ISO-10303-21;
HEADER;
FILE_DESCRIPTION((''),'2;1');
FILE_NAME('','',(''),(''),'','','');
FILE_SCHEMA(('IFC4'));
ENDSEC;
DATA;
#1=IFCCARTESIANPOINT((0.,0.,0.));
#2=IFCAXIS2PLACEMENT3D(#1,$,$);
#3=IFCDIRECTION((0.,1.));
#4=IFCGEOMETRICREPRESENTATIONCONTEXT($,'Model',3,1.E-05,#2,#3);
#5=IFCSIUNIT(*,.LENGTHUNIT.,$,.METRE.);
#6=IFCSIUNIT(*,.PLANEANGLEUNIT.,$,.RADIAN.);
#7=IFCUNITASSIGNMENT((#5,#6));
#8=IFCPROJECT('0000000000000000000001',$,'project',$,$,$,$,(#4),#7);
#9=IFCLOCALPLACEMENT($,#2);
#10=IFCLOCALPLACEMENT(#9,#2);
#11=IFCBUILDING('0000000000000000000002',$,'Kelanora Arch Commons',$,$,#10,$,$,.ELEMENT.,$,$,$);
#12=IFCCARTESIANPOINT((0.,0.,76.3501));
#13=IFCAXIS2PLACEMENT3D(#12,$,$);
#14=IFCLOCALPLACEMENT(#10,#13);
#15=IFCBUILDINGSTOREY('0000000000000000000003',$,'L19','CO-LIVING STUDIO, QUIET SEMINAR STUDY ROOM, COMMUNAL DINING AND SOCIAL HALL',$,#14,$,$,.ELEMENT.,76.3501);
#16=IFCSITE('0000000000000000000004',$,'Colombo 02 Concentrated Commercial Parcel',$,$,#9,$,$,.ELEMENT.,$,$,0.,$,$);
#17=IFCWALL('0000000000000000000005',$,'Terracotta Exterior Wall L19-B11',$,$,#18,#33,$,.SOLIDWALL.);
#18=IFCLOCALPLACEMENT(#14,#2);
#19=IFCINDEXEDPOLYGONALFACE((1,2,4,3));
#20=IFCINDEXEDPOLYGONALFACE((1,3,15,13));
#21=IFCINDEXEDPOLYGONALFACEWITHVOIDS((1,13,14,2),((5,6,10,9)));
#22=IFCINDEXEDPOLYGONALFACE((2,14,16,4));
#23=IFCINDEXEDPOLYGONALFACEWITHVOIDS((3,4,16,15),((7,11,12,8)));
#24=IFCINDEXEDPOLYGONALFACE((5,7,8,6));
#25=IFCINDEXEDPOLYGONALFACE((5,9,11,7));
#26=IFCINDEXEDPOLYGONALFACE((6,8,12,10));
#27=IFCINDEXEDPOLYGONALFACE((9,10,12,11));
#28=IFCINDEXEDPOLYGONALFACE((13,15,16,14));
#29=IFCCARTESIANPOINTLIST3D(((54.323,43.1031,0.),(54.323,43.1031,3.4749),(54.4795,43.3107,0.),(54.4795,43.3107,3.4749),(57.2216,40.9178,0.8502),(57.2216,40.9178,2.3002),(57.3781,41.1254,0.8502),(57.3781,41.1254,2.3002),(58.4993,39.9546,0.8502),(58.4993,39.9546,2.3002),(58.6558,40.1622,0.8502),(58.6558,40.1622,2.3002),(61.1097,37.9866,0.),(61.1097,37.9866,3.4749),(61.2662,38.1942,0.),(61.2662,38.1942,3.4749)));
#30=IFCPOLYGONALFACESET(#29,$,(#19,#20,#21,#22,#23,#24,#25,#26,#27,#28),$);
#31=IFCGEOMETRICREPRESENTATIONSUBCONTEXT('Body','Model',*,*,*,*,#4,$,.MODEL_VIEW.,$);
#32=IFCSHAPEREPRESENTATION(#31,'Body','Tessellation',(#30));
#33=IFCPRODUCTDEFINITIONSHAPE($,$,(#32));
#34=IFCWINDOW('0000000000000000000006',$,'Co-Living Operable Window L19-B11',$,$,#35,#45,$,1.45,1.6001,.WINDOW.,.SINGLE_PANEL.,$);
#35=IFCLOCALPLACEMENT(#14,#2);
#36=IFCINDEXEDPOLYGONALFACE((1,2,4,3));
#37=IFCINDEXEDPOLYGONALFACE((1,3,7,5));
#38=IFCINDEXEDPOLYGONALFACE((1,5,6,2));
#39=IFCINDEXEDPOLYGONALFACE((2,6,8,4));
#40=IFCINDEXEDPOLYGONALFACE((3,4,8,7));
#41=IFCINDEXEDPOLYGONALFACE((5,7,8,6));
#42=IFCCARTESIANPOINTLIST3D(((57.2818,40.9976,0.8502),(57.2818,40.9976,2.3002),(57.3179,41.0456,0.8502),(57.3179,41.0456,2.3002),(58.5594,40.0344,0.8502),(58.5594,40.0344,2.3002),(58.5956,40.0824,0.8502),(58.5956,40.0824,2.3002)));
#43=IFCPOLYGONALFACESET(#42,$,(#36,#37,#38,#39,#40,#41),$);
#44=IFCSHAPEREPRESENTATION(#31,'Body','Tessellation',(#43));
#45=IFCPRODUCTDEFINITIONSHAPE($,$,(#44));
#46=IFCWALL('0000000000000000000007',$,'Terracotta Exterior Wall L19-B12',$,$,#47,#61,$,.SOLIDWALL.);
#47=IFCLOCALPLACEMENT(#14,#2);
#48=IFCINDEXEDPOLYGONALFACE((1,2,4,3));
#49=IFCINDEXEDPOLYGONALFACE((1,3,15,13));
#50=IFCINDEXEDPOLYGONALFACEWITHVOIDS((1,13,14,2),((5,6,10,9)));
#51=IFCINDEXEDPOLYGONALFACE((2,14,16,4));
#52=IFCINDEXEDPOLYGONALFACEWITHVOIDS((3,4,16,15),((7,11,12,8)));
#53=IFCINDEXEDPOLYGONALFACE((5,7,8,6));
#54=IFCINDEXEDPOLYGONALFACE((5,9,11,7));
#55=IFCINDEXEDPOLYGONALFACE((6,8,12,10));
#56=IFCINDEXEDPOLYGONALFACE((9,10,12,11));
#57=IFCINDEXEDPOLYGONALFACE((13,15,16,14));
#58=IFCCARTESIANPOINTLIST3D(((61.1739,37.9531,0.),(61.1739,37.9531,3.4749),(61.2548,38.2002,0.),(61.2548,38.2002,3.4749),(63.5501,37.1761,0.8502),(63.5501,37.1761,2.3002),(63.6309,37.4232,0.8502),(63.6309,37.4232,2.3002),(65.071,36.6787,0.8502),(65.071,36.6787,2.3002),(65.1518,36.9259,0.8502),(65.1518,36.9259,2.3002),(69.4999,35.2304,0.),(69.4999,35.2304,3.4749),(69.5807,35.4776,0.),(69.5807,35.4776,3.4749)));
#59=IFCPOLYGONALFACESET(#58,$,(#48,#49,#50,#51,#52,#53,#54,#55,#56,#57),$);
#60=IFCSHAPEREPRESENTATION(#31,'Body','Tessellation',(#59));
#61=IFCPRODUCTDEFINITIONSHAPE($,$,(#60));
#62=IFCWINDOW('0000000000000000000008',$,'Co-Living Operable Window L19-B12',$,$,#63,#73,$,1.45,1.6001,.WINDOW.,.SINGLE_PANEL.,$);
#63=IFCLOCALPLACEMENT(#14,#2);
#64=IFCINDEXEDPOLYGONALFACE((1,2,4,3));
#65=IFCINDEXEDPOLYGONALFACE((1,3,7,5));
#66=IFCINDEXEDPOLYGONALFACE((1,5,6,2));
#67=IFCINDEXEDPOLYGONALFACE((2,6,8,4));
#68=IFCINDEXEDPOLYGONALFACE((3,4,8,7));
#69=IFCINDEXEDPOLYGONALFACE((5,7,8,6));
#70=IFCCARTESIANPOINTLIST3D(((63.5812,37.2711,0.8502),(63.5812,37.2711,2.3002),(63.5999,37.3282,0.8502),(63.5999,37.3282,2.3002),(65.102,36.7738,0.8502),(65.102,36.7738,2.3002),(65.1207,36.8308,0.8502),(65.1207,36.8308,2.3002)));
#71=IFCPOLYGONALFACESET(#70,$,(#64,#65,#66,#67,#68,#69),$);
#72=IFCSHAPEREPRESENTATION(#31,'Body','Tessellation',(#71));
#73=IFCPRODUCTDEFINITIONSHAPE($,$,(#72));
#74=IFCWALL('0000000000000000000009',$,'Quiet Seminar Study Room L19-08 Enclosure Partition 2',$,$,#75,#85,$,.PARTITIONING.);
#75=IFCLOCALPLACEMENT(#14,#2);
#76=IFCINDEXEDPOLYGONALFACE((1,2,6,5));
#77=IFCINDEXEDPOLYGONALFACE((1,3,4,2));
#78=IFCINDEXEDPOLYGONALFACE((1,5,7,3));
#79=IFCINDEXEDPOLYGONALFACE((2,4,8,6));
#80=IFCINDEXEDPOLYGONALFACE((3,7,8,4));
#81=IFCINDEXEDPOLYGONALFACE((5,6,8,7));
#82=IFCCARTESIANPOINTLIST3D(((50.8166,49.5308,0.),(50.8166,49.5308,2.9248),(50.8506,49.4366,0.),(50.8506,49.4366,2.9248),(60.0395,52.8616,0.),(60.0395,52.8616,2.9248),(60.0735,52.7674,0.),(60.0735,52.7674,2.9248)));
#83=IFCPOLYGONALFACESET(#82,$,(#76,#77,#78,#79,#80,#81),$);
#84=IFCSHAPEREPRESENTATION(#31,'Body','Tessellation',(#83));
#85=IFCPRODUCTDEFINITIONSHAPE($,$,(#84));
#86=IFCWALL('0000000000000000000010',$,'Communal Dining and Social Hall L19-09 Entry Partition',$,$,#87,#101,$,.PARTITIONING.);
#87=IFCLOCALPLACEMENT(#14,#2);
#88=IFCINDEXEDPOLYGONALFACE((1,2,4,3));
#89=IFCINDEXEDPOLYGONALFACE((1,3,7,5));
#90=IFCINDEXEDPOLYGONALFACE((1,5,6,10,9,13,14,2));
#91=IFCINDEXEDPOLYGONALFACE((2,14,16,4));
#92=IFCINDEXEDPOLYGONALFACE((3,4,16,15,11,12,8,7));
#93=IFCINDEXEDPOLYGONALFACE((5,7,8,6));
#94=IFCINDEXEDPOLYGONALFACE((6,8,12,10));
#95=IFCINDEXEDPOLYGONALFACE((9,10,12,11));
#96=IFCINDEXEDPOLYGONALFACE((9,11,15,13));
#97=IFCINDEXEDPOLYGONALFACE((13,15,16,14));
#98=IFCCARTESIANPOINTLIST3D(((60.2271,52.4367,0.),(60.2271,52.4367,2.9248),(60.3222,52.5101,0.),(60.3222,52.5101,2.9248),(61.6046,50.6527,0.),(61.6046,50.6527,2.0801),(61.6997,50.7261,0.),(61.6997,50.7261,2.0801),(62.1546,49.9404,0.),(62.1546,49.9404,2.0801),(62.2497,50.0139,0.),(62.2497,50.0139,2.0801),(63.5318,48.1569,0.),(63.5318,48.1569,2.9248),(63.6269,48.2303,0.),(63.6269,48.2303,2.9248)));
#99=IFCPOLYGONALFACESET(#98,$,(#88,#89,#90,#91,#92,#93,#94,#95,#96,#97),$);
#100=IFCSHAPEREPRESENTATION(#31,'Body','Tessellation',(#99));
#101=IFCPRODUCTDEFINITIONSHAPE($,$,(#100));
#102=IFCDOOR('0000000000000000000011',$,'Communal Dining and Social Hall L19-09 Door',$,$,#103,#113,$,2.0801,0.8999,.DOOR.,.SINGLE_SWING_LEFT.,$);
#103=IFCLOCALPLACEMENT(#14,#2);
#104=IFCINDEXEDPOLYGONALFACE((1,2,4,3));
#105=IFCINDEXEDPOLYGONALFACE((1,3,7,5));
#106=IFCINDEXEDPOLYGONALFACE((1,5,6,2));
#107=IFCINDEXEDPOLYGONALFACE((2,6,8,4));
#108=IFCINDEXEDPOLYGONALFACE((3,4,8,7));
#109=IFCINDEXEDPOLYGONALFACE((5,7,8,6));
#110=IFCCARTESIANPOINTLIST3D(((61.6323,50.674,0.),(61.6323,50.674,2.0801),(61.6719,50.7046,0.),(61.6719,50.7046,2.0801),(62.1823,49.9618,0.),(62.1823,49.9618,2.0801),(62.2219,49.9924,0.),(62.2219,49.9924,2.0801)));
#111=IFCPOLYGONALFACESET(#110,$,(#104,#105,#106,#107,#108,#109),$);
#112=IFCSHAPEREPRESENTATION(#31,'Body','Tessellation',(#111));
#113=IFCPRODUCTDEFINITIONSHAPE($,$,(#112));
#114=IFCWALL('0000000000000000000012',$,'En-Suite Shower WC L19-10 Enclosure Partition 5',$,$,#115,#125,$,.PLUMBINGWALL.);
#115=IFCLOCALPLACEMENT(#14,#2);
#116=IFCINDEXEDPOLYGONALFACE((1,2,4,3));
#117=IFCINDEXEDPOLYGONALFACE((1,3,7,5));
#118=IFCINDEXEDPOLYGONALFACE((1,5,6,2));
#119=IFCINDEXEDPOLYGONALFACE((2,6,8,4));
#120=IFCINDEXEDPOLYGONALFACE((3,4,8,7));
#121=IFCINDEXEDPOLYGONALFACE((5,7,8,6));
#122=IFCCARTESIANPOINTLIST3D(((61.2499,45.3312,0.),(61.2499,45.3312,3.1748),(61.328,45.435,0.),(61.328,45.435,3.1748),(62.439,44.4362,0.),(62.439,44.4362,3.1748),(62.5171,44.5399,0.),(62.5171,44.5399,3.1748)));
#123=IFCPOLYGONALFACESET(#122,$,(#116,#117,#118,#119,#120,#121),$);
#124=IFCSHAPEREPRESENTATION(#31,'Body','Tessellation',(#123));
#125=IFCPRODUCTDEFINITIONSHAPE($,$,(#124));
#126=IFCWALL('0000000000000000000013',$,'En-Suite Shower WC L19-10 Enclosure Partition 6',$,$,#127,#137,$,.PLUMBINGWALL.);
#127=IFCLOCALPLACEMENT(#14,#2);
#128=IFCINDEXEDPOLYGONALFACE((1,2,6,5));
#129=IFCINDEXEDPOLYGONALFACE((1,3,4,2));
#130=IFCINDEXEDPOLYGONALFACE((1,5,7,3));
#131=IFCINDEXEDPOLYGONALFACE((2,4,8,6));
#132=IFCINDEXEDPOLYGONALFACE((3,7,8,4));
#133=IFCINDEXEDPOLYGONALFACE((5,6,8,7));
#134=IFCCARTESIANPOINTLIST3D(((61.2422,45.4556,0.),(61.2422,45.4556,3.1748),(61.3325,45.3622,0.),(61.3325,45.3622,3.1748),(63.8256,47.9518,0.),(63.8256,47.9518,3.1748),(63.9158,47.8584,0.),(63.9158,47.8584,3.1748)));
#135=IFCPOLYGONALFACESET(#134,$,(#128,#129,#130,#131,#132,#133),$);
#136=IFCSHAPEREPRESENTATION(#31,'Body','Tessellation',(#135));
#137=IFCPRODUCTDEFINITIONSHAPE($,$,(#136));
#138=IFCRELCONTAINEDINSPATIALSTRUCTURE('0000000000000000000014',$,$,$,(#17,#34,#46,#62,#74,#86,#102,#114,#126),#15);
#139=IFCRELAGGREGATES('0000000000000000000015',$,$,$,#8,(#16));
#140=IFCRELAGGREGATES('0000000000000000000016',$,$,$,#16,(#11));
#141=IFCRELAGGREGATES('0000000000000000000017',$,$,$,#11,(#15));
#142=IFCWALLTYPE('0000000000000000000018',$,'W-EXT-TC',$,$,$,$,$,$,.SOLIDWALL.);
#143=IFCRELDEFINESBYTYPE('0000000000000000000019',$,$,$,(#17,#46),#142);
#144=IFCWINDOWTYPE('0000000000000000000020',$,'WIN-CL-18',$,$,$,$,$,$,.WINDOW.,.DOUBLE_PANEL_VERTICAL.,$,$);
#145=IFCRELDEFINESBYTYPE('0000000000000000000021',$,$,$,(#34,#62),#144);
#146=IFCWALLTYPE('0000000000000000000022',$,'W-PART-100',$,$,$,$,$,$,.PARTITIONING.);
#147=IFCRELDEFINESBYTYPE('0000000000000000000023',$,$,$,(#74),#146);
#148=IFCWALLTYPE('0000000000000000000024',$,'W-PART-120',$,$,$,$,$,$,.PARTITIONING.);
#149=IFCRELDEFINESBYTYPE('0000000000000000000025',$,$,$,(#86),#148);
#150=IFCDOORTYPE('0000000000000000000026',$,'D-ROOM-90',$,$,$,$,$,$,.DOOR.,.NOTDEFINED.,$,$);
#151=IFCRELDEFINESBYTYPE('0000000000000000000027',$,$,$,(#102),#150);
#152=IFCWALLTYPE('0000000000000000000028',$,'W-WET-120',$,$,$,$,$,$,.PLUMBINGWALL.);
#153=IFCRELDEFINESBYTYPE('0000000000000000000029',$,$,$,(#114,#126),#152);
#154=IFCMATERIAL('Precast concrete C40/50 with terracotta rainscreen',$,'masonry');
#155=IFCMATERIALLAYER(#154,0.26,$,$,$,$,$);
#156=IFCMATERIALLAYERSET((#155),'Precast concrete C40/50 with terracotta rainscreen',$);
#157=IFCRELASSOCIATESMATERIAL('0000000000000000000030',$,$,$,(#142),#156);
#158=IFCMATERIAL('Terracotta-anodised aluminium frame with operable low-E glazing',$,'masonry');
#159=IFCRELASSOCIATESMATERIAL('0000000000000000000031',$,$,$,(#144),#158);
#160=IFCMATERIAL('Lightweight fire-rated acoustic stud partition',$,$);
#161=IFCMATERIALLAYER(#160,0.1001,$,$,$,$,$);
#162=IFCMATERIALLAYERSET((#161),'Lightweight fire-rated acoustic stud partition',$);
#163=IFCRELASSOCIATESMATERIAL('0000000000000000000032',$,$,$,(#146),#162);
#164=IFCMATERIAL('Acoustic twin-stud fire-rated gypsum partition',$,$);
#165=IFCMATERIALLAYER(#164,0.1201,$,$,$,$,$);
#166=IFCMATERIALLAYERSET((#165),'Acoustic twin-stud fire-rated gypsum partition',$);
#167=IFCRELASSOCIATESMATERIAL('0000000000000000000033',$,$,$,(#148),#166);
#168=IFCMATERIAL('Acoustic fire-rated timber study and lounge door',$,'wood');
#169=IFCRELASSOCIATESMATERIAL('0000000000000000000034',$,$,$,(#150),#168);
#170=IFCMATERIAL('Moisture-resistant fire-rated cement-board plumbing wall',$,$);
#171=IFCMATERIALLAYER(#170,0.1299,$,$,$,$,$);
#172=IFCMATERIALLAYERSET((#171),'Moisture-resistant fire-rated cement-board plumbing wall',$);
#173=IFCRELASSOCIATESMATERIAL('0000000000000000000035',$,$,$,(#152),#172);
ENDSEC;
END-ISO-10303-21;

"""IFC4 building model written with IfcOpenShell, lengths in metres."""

from ifc_helpers import new_model, si_unit, direction, frame, frame_2d, origin, place, context, subcontext, project, spatial, rectangle, extrude, material, layer, layer_set, type_object, element, fill, save


model = new_model("IFC4")

# Units and contexts
model_context = context("Model", 3, precision=1e-05, world=origin(), true_north=direction((0.0, 1.0)))
body_context = subcontext(model_context, "Body", "Model", "MODEL_VIEW")
ifc_project = project(units=[si_unit("LENGTHUNIT", "METRE"), si_unit("PLANEANGLEUNIT", "RADIAN")], contexts=[model_context])

# Site, building, storey
site_placement = place(None, origin())
site = spatial("IfcSite", under=ifc_project, at=site_placement, Name="Colombo 02 Concentrated Commercial Parcel", CompositionType="ELEMENT", RefElevation=0.0)
building_placement = place(site_placement, origin())
building = spatial("IfcBuilding", under=site, at=building_placement, Name="Kelanora Arch Commons", CompositionType="ELEMENT")
storey_placement = place(building_placement, frame((0.0, 0.0, 76.3501)))
storey = spatial("IfcBuildingStorey", under=building, at=storey_placement, Name="L19", Description="CO-LIVING STUDIO, QUIET SEMINAR STUDY ROOM, COMMUNAL DINING AND SOCIAL HALL", CompositionType="ELEMENT", Elevation=76.3501)

# Walls, openings, windows
ifc_material_1 = material(Name="Precast concrete C40/50 with terracotta rainscreen", Category="masonry")
ifc_layer_1 = layer(ifc_material_1, 0.26)
ifc_layer_set_1 = layer_set([ifc_layer_1], Name="Precast concrete C40/50 with terracotta rainscreen")
wall_type_1 = type_object("IfcWallType", Name="W-EXT-TC", PredefinedType="SOLIDWALL", material=ifc_layer_set_1)
wall_1_placement = place(storey_placement, frame((54.4014, 43.2068, 0.0), z_axis=(0.0, 0.0, 1.0), x_axis=(0.798502, -0.601993, 0.0)))
wall_1 = element("IfcWall", 1, at=wall_1_placement, inside=storey, type_object=wall_type_1, Name="Terracotta Exterior Wall L19-B11", PredefinedType="SOLIDWALL", context=body_context, shape_type="SweptSolid", body=[
    extrude(rectangle(XDim=8.4993, YDim=0.26, at=frame_2d((4.2495, 0.0))), origin(), (0.0, 0.0, 1.0), 3.4749),
])
opening_1_placement = place(wall_1_placement, frame((3.6299, 0.0, 0.8501)))
opening_1 = element("IfcOpeningElement", 2, at=opening_1_placement, cuts=wall_1, PredefinedType="OPENING", context=body_context, shape_type="SweptSolid", body=[
    extrude(rectangle(XDim=1.6001, YDim=1.45, at=frame_2d((0.8, 0.7251))), frame((0.0, 0.1401, 0.0), z_axis=(0.0, -1.0, 0.0), x_axis=(1.0, 0.0, 0.0)), (0.0, 0.0, 1.0), 0.28),
])
ifc_material_2 = material(Name="Terracotta-anodised aluminium frame with operable low-E glazing", Category="masonry")
window_type = type_object("IfcWindowType", Name="WIN-CL-18", PartitioningType="DOUBLE_PANEL_VERTICAL", PredefinedType="WINDOW", material=ifc_material_2)
window_1_placement = place(opening_1_placement, origin())
window_1 = element("IfcWindow", 3, at=window_1_placement, inside=storey, type_object=window_type, Name="Co-Living Operable Window L19-B11", OverallHeight=1.45, OverallWidth=1.6001, PartitioningType="SINGLE_PANEL", PredefinedType="WINDOW", context=body_context, shape_type="SweptSolid", body=[
    extrude(rectangle(XDim=1.6001, YDim=1.45, at=frame_2d((0.8, 0.7251))), frame((0.0, 0.03, 0.0), z_axis=(0.0, -1.0, 0.0), x_axis=(1.0, 0.0, 0.0)), (0.0, 0.0, 1.0), 0.0601),
])
fill(opening_1, window_1)
wall_2_placement = place(storey_placement, frame((61.2144, 38.0767, 0.0), z_axis=(0.0, 0.0, 1.0), x_axis=(0.950471, -0.310813, 0.0)))
wall_2 = element("IfcWall", 4, at=wall_2_placement, inside=storey, type_object=wall_type_1, Name="Terracotta Exterior Wall L19-B12", PredefinedType="SOLIDWALL", context=body_context, shape_type="SweptSolid", body=[
    extrude(rectangle(XDim=8.7598, YDim=0.26, at=frame_2d((4.3799, 0.0))), origin(), (0.0, 0.0, 1.0), 3.4749),
])
opening_2_placement = place(wall_2_placement, frame((2.5, 0.0, 0.8501)))
opening_2 = element("IfcOpeningElement", 5, at=opening_2_placement, cuts=wall_2, PredefinedType="OPENING", context=body_context, shape_type="SweptSolid", body=[
    extrude(rectangle(XDim=1.6001, YDim=1.45, at=frame_2d((0.8, 0.7251))), frame((0.0, 0.1401, 0.0), z_axis=(0.0, -1.0, 0.0), x_axis=(1.0, 0.0, 0.0)), (0.0, 0.0, 1.0), 0.28),
])
window_2_placement = place(opening_2_placement, origin())
window_2 = element("IfcWindow", 6, at=window_2_placement, inside=storey, type_object=window_type, Name="Co-Living Operable Window L19-B12", OverallHeight=1.45, OverallWidth=1.6001, PartitioningType="SINGLE_PANEL", PredefinedType="WINDOW", context=body_context, shape_type="SweptSolid", body=[
    extrude(rectangle(XDim=1.6001, YDim=1.45, at=frame_2d((0.8, 0.7251))), frame((0.0, 0.03, 0.0), z_axis=(0.0, -1.0, 0.0), x_axis=(1.0, 0.0, 0.0)), (0.0, 0.0, 1.0), 0.0601),
])
fill(opening_2, window_2)

# Wall
ifc_material_3 = material(Name="Lightweight fire-rated acoustic stud partition")
ifc_layer_2 = layer(ifc_material_3, 0.1001)
ifc_layer_set_2 = layer_set([ifc_layer_2], Name="Lightweight fire-rated acoustic stud partition")
wall_type_2 = type_object("IfcWallType", Name="W-PART-100", PredefinedType="PARTITIONING", material=ifc_layer_set_2)
wall_3_placement = place(storey_placement, frame((60.0564, 52.8145, 0.0), z_axis=(0.0, 0.0, 1.0), x_axis=(-0.940544, -0.339673, 0.0)))
element("IfcWall", 7, at=wall_3_placement, inside=storey, type_object=wall_type_2, Name="Quiet Seminar Study Room L19-08 Enclosure Partition 2", PredefinedType="PARTITIONING", context=body_context, shape_type="SweptSolid", body=[
    extrude(rectangle(XDim=9.8059, YDim=0.1001, at=frame_2d((4.9028, 0.0))), origin(), (0.0, 0.0, 1.0), 2.9248),
])

# Wall, opening, door
ifc_material_4 = material(Name="Acoustic twin-stud fire-rated gypsum partition")
ifc_layer_3 = layer(ifc_material_4, 0.1201)
ifc_layer_set_3 = layer_set([ifc_layer_3], Name="Acoustic twin-stud fire-rated gypsum partition")
wall_type_3 = type_object("IfcWallType", Name="W-PART-120", PredefinedType="PARTITIONING", material=ifc_layer_set_3)
wall_4_placement = place(storey_placement, frame((60.2747, 52.4734, 0.0), z_axis=(0.0, 0.0, 1.0), x_axis=(0.611167, -0.791501, 0.0)))
wall_4 = element("IfcWall", 8, at=wall_4_placement, inside=storey, type_object=wall_type_3, Name="Communal Dining and Social Hall L19-09 Entry Partition", PredefinedType="PARTITIONING", context=body_context, shape_type="SweptSolid", body=[
    extrude(rectangle(XDim=5.4072, YDim=0.1201, at=frame_2d((2.7036, 0.0))), origin(), (0.0, 0.0, 1.0), 2.9248),
])
opening_3_placement = place(wall_4_placement, frame((2.2539, 0.0, 0.0)))
opening_3 = element("IfcOpeningElement", 9, at=opening_3_placement, cuts=wall_4, PredefinedType="OPENING", context=body_context, shape_type="SweptSolid", body=[
    extrude(rectangle(XDim=0.8999, YDim=2.0801, at=frame_2d((0.45, 1.04))), frame((0.0, 0.0701, 0.0), z_axis=(0.0, -1.0, 0.0), x_axis=(1.0, 0.0, 0.0)), (0.0, 0.0, 1.0), 0.1401),
])
ifc_material_5 = material(Name="Acoustic fire-rated timber study and lounge door", Category="wood")
door_type = type_object("IfcDoorType", Name="D-ROOM-90", OperationType="NOTDEFINED", PredefinedType="DOOR", material=ifc_material_5)
door_placement = place(opening_3_placement, origin())
door = element("IfcDoor", 10, at=door_placement, inside=storey, type_object=door_type, Name="Communal Dining and Social Hall L19-09 Door", OperationType="SINGLE_SWING_LEFT", OverallHeight=2.0801, OverallWidth=0.8999, PredefinedType="DOOR", context=body_context, shape_type="SweptSolid", body=[
    extrude(rectangle(XDim=0.8999, YDim=2.0801, at=frame_2d((0.45, 1.04))), frame((0.0, 0.0249, 0.0), z_axis=(0.0, -1.0, 0.0), x_axis=(1.0, 0.0, 0.0)), (0.0, 0.0, 1.0), 0.05),
])
fill(opening_3, door)

# Walls
ifc_material_6 = material(Name="Moisture-resistant fire-rated cement-board plumbing wall")
ifc_layer_4 = layer(ifc_material_6, 0.1299)
ifc_layer_set_4 = layer_set([ifc_layer_4], Name="Moisture-resistant fire-rated cement-board plumbing wall")
wall_type_4 = type_object("IfcWallType", Name="W-WET-120", PredefinedType="PLUMBINGWALL", material=ifc_layer_set_4)
wall_5_placement = place(storey_placement, frame((62.478, 44.488, 0.0), z_axis=(0.0, 0.0, 1.0), x_axis=(-0.798936, 0.601416, 0.0)))
element("IfcWall", 11, at=wall_5_placement, inside=storey, type_object=wall_type_4, Name="En-Suite Shower WC L19-10 Enclosure Partition 5", PredefinedType="PLUMBINGWALL", context=body_context, shape_type="SweptSolid", body=[
    extrude(rectangle(XDim=1.4883, YDim=0.1299, at=frame_2d((0.7441, 0.0))), origin(), (0.0, 0.0, 1.0), 3.1748),
])
wall_6_placement = place(storey_placement, frame((61.2874, 45.4089, 0.0), z_axis=(0.0, 0.0, 1.0), x_axis=(0.719134, 0.694871, 0.0)))
element("IfcWall", 12, at=wall_6_placement, inside=storey, type_object=wall_type_4, Name="En-Suite Shower WC L19-10 Enclosure Partition 6", PredefinedType="PLUMBINGWALL", context=body_context, shape_type="SweptSolid", body=[
    extrude(rectangle(XDim=3.5923, YDim=0.1299, at=frame_2d((1.7961, 0.0))), origin(), (0.0, 0.0, 1.0), 3.1748),
])

save(model, "model.ifc")
